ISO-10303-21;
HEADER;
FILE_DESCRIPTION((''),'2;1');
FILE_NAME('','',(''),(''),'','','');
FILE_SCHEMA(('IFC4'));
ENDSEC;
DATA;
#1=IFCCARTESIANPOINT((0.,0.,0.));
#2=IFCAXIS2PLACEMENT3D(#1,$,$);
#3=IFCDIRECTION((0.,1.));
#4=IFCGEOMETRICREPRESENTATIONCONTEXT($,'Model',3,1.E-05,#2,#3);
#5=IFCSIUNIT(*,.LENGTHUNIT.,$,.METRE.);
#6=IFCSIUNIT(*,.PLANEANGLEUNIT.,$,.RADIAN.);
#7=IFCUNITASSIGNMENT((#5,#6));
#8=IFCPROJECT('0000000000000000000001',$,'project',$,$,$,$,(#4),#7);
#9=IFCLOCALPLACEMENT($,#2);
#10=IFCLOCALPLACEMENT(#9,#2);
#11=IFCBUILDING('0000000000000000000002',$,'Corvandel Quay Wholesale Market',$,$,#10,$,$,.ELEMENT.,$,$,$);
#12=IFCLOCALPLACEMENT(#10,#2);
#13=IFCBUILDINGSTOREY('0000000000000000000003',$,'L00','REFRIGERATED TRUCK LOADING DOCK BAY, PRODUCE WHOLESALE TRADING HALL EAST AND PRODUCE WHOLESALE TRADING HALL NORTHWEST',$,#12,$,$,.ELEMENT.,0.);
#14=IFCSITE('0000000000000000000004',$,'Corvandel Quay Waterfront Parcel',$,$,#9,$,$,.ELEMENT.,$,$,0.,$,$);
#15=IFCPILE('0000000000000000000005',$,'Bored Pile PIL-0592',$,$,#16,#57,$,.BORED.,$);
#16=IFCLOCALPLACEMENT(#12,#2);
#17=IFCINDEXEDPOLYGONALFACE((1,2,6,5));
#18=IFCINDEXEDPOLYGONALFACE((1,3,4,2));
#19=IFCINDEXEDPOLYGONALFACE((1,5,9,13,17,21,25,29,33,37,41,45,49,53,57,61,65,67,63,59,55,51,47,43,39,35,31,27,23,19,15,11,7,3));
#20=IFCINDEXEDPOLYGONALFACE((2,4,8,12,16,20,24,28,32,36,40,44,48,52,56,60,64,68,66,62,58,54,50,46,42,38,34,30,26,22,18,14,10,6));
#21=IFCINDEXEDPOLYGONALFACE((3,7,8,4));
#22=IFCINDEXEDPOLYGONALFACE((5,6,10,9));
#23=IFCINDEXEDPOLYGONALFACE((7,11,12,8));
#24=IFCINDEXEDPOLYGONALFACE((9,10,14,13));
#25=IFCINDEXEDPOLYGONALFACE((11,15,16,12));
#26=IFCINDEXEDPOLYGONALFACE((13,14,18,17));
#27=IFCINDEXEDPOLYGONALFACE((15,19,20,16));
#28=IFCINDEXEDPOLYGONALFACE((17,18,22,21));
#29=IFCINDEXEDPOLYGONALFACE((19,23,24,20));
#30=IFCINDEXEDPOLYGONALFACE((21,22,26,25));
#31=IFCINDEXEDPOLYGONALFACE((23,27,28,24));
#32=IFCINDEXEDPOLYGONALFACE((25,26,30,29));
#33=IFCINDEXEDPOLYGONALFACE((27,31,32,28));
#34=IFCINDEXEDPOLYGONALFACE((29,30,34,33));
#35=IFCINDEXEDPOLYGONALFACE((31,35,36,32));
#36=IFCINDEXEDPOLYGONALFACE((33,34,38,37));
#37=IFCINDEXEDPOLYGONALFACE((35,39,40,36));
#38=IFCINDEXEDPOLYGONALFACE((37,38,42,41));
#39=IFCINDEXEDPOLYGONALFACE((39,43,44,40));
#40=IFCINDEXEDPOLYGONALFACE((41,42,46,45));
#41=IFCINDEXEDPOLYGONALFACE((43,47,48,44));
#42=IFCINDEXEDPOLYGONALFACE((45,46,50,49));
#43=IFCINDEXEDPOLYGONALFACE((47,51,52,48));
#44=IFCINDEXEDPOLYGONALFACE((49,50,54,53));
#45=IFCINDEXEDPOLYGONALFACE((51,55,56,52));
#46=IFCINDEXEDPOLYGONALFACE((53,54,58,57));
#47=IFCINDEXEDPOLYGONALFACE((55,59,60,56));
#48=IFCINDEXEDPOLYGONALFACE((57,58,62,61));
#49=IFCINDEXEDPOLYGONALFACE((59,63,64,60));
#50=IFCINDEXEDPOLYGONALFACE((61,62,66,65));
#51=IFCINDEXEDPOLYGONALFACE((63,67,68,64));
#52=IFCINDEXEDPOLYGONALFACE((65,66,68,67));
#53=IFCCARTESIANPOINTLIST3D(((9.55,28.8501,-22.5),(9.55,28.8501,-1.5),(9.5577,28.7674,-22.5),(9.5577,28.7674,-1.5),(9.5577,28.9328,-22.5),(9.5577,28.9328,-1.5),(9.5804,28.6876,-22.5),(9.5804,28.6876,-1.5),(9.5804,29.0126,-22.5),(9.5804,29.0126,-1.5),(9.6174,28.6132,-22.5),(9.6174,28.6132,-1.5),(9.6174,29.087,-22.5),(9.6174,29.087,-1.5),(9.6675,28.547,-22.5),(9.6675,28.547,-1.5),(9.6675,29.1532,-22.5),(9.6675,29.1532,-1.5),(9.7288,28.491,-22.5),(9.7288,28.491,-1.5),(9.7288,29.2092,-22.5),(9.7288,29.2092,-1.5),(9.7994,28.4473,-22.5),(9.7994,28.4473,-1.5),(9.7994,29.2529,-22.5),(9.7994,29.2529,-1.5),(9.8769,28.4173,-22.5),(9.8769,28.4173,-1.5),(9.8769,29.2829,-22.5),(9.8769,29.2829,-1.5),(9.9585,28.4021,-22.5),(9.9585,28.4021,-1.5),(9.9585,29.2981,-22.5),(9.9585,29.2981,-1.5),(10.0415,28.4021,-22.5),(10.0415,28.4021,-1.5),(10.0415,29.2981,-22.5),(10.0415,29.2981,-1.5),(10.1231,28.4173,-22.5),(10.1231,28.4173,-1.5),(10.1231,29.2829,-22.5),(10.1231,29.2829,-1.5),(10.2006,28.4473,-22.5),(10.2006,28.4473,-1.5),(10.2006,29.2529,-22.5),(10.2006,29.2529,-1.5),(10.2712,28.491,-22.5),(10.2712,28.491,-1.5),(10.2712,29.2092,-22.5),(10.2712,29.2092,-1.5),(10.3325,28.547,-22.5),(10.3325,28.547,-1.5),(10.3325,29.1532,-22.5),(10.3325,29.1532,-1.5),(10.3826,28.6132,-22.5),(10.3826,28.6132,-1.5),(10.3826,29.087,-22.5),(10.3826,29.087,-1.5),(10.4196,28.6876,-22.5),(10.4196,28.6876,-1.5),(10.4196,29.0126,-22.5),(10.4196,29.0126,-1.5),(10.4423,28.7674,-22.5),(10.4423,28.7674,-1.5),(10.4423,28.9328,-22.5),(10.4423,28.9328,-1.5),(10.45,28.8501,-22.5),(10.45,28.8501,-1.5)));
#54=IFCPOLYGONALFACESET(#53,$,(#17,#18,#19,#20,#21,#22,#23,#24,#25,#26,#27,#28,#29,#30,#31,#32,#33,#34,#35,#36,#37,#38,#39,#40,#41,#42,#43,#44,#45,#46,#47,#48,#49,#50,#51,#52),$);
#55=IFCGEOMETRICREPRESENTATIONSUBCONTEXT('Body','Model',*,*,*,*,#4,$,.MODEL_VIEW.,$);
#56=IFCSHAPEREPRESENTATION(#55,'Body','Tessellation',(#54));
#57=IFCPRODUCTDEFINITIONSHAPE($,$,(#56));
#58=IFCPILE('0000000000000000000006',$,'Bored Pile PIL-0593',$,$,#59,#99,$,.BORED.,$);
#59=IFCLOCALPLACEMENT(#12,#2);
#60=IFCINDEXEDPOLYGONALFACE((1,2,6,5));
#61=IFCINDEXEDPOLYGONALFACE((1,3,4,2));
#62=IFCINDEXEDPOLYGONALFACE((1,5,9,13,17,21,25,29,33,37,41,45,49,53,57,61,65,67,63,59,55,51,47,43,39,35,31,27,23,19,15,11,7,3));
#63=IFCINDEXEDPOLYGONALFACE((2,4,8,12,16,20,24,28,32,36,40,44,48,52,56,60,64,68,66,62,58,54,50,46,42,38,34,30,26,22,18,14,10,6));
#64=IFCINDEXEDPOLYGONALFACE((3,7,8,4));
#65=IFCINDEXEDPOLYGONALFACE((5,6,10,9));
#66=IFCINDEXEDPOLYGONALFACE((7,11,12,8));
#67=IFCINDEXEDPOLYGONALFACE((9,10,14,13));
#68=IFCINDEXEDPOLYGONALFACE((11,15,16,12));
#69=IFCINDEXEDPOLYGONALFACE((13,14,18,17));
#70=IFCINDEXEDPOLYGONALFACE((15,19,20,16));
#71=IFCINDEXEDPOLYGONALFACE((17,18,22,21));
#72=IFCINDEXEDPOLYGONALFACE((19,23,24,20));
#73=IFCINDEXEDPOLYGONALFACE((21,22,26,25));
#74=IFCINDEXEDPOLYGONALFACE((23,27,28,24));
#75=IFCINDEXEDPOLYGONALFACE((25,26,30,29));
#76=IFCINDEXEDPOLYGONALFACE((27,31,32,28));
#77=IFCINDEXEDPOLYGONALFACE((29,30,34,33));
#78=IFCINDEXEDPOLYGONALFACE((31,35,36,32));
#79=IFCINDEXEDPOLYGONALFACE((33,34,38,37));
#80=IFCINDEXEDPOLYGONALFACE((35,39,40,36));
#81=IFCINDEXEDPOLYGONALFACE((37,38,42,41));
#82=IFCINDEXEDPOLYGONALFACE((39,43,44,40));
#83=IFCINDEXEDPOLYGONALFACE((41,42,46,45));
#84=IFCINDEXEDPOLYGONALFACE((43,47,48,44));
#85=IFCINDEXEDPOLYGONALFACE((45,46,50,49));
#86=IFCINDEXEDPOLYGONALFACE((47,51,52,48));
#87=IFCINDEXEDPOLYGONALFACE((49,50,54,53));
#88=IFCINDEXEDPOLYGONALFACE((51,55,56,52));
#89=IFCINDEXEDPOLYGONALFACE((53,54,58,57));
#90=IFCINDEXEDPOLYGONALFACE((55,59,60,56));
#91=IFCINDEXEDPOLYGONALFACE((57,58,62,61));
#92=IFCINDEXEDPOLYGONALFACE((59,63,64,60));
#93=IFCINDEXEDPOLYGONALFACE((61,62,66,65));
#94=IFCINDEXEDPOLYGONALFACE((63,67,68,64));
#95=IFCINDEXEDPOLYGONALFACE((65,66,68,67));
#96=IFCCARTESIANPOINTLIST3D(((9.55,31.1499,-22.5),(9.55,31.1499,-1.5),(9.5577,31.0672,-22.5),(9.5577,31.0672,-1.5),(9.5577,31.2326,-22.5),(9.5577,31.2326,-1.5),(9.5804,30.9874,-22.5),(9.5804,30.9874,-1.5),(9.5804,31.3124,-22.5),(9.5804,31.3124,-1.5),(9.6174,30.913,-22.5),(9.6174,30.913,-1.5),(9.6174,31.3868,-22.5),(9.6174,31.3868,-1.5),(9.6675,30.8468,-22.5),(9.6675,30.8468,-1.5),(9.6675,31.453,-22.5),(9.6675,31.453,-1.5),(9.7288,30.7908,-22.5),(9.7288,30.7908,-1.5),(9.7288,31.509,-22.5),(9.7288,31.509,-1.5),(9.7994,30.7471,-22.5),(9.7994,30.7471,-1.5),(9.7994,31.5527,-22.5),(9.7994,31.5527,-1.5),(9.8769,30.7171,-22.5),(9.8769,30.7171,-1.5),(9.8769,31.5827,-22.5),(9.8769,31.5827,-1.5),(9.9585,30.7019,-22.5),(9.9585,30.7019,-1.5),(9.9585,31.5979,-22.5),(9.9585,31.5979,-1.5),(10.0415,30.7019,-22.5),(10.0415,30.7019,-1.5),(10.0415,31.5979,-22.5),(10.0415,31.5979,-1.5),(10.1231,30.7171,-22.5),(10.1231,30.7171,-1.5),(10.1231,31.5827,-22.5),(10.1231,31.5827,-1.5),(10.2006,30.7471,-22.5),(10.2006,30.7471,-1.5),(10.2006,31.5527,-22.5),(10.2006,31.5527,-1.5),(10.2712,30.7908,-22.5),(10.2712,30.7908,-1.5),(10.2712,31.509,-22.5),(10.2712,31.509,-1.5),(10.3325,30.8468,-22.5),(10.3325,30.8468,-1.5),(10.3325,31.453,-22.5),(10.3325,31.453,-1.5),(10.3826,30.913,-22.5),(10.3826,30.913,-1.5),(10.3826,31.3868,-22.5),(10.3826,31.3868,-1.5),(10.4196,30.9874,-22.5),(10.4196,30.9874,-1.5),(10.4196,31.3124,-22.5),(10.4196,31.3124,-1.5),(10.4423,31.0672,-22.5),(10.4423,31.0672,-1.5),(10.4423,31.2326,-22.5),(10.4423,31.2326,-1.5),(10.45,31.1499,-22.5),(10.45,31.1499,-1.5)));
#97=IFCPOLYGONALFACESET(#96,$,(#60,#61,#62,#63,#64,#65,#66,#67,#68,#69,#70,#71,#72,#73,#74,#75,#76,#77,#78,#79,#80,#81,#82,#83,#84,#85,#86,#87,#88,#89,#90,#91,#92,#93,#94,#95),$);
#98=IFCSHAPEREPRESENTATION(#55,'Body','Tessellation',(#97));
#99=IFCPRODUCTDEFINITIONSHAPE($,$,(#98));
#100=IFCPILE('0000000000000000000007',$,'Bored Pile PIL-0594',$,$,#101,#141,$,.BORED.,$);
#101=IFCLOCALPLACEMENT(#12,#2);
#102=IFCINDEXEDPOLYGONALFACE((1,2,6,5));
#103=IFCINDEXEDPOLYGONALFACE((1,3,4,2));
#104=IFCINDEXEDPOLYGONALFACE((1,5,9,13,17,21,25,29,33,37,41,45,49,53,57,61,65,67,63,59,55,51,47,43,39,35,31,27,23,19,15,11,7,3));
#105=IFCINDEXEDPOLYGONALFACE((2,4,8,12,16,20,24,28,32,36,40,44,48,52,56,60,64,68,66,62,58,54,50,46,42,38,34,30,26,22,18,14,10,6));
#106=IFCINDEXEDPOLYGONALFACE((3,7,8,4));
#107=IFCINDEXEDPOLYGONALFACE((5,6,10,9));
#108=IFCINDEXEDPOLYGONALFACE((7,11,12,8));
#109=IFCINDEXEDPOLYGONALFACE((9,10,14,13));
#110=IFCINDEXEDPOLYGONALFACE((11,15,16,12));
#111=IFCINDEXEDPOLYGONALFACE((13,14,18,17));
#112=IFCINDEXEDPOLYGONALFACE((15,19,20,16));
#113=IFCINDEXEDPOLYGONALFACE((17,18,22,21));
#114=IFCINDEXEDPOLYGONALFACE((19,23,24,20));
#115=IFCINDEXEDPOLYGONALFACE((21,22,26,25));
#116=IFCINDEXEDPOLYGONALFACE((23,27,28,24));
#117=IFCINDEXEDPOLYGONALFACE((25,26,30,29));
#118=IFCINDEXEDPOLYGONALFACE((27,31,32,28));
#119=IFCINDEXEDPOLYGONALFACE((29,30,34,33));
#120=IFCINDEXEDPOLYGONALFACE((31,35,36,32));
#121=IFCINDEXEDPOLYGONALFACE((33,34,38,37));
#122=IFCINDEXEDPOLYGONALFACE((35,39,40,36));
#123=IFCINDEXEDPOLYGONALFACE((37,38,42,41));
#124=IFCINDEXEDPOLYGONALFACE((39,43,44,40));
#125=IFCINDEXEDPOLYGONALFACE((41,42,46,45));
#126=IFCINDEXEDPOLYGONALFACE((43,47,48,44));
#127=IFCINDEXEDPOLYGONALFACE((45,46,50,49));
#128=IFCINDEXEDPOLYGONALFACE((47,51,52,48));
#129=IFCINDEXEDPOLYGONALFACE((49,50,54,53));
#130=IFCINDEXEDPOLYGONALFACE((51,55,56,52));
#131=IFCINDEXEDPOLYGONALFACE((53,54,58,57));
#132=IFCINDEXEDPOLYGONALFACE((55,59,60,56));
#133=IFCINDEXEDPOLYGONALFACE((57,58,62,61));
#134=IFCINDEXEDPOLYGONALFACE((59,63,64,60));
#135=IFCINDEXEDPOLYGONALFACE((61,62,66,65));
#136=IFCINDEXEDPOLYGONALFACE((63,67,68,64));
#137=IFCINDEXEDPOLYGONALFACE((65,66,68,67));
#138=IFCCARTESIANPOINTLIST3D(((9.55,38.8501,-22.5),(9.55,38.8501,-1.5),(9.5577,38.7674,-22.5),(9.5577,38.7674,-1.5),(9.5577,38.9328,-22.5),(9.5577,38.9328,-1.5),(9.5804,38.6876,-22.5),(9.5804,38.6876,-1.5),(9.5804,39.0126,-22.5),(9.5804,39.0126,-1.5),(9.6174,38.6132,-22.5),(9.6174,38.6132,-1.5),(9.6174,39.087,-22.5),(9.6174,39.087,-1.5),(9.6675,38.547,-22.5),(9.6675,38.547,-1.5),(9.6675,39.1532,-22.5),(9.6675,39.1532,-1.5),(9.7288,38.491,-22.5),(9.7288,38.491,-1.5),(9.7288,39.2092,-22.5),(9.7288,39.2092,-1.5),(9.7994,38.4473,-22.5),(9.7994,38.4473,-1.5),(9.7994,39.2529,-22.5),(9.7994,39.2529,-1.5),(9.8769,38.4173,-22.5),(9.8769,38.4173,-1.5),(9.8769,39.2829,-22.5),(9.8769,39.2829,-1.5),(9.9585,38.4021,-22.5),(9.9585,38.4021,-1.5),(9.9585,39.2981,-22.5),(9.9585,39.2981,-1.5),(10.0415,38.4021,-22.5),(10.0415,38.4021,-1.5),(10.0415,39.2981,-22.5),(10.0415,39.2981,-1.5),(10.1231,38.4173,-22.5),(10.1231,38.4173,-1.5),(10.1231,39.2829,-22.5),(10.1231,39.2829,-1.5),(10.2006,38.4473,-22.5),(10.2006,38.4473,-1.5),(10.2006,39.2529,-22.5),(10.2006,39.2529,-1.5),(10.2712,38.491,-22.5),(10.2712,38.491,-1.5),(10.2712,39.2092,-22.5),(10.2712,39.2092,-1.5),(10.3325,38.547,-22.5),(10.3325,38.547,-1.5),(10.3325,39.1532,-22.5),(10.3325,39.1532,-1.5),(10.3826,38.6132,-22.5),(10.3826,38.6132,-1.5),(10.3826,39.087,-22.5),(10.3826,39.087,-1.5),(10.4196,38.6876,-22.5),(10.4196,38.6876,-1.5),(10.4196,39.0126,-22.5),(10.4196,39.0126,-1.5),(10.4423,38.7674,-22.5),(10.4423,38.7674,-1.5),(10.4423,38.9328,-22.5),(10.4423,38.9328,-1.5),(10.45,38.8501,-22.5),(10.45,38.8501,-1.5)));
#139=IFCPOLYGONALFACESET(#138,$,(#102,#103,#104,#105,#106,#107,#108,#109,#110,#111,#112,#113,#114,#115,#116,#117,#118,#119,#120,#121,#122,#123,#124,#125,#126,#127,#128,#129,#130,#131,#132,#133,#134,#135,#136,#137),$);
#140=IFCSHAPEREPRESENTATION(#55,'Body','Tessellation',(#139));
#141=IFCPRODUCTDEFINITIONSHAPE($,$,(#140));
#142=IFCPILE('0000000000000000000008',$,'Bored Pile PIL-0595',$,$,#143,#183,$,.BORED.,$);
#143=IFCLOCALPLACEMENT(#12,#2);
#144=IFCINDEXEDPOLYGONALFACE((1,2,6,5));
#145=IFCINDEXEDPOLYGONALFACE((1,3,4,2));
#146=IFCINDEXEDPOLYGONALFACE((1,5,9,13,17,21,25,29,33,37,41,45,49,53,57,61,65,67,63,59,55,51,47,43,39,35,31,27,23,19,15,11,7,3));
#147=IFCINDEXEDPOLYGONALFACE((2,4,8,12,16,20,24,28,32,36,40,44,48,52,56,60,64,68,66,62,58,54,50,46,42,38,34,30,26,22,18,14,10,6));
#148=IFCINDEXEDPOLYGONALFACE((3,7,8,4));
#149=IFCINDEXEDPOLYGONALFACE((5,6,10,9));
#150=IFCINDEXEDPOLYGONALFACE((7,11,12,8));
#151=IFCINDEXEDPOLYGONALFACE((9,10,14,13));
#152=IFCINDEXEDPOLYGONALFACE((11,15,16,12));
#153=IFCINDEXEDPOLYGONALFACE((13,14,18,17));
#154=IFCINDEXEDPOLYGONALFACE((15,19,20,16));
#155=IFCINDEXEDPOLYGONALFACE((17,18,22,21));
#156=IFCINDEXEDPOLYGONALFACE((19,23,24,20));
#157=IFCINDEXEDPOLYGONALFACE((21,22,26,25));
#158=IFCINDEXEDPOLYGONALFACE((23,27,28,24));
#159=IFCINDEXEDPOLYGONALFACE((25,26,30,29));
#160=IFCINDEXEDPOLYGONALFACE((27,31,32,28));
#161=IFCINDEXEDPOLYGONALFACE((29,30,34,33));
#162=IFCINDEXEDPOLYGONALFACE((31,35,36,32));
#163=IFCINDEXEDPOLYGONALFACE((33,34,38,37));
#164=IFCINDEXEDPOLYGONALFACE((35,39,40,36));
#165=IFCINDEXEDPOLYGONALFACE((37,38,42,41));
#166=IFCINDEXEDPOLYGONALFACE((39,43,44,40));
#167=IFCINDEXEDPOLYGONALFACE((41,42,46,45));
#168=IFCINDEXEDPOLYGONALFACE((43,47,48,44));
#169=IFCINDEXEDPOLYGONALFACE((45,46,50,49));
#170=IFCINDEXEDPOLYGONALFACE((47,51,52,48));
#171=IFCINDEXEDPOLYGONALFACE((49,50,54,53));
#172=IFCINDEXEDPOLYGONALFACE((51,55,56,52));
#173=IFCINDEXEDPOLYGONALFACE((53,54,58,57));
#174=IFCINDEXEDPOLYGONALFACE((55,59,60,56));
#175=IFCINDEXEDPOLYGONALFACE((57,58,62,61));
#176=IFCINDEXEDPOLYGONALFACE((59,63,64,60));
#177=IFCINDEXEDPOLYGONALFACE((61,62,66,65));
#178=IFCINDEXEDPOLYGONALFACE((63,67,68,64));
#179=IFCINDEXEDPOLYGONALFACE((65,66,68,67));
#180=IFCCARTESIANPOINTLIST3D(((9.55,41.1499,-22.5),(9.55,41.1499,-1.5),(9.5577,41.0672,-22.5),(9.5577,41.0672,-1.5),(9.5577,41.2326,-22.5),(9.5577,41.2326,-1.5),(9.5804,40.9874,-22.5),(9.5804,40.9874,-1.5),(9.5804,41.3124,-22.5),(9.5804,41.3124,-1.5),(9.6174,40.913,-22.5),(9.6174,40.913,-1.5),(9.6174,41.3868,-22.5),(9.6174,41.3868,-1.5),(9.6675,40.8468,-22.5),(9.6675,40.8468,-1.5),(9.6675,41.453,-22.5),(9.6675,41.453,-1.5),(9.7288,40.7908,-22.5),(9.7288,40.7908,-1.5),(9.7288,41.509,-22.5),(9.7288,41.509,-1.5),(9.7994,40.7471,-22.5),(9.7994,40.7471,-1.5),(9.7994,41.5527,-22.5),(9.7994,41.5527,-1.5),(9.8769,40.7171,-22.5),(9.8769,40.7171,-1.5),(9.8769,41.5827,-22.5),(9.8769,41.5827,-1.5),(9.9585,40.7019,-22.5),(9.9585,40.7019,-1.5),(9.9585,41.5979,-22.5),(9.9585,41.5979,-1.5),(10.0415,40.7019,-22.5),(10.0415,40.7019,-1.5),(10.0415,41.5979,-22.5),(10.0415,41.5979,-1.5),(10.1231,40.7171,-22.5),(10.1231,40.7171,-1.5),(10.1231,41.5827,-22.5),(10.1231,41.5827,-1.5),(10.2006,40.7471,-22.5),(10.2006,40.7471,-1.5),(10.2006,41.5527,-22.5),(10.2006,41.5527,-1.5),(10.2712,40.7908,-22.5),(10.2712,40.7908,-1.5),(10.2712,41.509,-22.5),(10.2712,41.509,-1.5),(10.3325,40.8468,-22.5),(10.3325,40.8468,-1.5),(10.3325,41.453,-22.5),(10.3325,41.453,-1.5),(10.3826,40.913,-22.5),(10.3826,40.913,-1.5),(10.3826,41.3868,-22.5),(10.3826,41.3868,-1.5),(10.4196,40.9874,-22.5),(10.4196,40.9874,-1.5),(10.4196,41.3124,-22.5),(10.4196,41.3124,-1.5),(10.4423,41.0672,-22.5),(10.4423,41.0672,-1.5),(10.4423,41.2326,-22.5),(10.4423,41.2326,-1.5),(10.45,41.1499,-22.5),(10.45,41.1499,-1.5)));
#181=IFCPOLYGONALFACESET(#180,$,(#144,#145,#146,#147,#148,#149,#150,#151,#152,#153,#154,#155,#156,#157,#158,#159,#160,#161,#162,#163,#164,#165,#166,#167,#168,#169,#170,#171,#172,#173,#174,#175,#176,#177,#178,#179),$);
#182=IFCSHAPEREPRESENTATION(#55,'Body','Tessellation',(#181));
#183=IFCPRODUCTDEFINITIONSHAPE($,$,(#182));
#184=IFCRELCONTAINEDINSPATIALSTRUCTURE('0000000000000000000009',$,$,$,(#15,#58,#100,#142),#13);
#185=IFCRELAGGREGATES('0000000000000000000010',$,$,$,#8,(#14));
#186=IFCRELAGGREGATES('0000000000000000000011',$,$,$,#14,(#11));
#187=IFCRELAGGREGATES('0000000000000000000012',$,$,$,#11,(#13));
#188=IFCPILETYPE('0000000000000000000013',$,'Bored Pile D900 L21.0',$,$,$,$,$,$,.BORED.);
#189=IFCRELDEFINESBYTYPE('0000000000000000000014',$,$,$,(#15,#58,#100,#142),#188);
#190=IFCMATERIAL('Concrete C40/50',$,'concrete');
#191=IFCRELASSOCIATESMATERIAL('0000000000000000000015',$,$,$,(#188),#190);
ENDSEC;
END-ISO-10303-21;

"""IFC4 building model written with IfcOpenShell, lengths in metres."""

from ifc_helpers import new_model, si_unit, direction, frame, origin, origin_2d, place, context, subcontext, project, spatial, circle, extrude, material, material_profile, profile_set, type_object, element, save


model = new_model("IFC4")

# Units and contexts
model_context = context("Model", 3, precision=1e-05, world=origin(), true_north=direction((0.0, 1.0)))
body_context = subcontext(model_context, "Body", "Model", "MODEL_VIEW")
ifc_project = project(units=[si_unit("LENGTHUNIT", "METRE"), si_unit("PLANEANGLEUNIT", "RADIAN")], contexts=[model_context])

# Site, building, storey
site_placement = place(None, origin())
site = spatial("IfcSite", under=ifc_project, at=site_placement, Name="Corvandel Quay Waterfront Parcel", CompositionType="ELEMENT", RefElevation=0.0)
building_placement = place(site_placement, origin())
building = spatial("IfcBuilding", under=site, at=building_placement, Name="Corvandel Quay Wholesale Market", CompositionType="ELEMENT")
storey_placement = place(building_placement, origin())
storey = spatial("IfcBuildingStorey", under=building, at=storey_placement, Name="L00", Description="REFRIGERATED TRUCK LOADING DOCK BAY, PRODUCE WHOLESALE TRADING HALL EAST AND PRODUCE WHOLESALE TRADING HALL NORTHWEST", CompositionType="ELEMENT", Elevation=0.0)

# Piles
ifc_material_1 = material(Name="Concrete C40/50", Category="concrete")
ifc_material_profile_1 = material_profile(ifc_material_1, circle(Radius=0.45, at=origin_2d()), Name="RC-PILE-D900")
ifc_profile_set_1 = profile_set([ifc_material_profile_1], Name="Concrete C40/50")
pile_type = type_object("IfcPileType", Name="Bored Pile D900 L21.0", PredefinedType="BORED", material=ifc_profile_set_1)
for number, where, z_axis, x_axis, name in (
    (1, (10.0, 28.8501, -1.5), (0.0, 0.0, -1.0), (1.0, 0.0, 0.0), "Bored Pile PIL-0592"),
    (2, (10.0, 31.1499, -1.5), (0.0, 0.0, -1.0), (1.0, 0.0, 0.0), "Bored Pile PIL-0593"),
    (3, (10.0, 38.8501, -1.5), (0.0, 0.0, -1.0), (1.0, 0.0, 0.0), "Bored Pile PIL-0594"),
    (4, (10.0, 41.1499, -1.5), (0.0, 0.0, -1.0), (1.0, 0.0, 0.0), "Bored Pile PIL-0595"),
):
    element("IfcPile", number, at=place(storey_placement, frame(where, z_axis=z_axis, x_axis=x_axis)), inside=storey, type_object=pile_type, Name=name, PredefinedType="BORED", context=body_context, shape_type="SweptSolid", body=[
        extrude(circle(Radius=0.45, at=origin_2d()), origin(), (0.0, 0.0, 1.0), 21.0),
    ])

save(model, "model.ifc")
